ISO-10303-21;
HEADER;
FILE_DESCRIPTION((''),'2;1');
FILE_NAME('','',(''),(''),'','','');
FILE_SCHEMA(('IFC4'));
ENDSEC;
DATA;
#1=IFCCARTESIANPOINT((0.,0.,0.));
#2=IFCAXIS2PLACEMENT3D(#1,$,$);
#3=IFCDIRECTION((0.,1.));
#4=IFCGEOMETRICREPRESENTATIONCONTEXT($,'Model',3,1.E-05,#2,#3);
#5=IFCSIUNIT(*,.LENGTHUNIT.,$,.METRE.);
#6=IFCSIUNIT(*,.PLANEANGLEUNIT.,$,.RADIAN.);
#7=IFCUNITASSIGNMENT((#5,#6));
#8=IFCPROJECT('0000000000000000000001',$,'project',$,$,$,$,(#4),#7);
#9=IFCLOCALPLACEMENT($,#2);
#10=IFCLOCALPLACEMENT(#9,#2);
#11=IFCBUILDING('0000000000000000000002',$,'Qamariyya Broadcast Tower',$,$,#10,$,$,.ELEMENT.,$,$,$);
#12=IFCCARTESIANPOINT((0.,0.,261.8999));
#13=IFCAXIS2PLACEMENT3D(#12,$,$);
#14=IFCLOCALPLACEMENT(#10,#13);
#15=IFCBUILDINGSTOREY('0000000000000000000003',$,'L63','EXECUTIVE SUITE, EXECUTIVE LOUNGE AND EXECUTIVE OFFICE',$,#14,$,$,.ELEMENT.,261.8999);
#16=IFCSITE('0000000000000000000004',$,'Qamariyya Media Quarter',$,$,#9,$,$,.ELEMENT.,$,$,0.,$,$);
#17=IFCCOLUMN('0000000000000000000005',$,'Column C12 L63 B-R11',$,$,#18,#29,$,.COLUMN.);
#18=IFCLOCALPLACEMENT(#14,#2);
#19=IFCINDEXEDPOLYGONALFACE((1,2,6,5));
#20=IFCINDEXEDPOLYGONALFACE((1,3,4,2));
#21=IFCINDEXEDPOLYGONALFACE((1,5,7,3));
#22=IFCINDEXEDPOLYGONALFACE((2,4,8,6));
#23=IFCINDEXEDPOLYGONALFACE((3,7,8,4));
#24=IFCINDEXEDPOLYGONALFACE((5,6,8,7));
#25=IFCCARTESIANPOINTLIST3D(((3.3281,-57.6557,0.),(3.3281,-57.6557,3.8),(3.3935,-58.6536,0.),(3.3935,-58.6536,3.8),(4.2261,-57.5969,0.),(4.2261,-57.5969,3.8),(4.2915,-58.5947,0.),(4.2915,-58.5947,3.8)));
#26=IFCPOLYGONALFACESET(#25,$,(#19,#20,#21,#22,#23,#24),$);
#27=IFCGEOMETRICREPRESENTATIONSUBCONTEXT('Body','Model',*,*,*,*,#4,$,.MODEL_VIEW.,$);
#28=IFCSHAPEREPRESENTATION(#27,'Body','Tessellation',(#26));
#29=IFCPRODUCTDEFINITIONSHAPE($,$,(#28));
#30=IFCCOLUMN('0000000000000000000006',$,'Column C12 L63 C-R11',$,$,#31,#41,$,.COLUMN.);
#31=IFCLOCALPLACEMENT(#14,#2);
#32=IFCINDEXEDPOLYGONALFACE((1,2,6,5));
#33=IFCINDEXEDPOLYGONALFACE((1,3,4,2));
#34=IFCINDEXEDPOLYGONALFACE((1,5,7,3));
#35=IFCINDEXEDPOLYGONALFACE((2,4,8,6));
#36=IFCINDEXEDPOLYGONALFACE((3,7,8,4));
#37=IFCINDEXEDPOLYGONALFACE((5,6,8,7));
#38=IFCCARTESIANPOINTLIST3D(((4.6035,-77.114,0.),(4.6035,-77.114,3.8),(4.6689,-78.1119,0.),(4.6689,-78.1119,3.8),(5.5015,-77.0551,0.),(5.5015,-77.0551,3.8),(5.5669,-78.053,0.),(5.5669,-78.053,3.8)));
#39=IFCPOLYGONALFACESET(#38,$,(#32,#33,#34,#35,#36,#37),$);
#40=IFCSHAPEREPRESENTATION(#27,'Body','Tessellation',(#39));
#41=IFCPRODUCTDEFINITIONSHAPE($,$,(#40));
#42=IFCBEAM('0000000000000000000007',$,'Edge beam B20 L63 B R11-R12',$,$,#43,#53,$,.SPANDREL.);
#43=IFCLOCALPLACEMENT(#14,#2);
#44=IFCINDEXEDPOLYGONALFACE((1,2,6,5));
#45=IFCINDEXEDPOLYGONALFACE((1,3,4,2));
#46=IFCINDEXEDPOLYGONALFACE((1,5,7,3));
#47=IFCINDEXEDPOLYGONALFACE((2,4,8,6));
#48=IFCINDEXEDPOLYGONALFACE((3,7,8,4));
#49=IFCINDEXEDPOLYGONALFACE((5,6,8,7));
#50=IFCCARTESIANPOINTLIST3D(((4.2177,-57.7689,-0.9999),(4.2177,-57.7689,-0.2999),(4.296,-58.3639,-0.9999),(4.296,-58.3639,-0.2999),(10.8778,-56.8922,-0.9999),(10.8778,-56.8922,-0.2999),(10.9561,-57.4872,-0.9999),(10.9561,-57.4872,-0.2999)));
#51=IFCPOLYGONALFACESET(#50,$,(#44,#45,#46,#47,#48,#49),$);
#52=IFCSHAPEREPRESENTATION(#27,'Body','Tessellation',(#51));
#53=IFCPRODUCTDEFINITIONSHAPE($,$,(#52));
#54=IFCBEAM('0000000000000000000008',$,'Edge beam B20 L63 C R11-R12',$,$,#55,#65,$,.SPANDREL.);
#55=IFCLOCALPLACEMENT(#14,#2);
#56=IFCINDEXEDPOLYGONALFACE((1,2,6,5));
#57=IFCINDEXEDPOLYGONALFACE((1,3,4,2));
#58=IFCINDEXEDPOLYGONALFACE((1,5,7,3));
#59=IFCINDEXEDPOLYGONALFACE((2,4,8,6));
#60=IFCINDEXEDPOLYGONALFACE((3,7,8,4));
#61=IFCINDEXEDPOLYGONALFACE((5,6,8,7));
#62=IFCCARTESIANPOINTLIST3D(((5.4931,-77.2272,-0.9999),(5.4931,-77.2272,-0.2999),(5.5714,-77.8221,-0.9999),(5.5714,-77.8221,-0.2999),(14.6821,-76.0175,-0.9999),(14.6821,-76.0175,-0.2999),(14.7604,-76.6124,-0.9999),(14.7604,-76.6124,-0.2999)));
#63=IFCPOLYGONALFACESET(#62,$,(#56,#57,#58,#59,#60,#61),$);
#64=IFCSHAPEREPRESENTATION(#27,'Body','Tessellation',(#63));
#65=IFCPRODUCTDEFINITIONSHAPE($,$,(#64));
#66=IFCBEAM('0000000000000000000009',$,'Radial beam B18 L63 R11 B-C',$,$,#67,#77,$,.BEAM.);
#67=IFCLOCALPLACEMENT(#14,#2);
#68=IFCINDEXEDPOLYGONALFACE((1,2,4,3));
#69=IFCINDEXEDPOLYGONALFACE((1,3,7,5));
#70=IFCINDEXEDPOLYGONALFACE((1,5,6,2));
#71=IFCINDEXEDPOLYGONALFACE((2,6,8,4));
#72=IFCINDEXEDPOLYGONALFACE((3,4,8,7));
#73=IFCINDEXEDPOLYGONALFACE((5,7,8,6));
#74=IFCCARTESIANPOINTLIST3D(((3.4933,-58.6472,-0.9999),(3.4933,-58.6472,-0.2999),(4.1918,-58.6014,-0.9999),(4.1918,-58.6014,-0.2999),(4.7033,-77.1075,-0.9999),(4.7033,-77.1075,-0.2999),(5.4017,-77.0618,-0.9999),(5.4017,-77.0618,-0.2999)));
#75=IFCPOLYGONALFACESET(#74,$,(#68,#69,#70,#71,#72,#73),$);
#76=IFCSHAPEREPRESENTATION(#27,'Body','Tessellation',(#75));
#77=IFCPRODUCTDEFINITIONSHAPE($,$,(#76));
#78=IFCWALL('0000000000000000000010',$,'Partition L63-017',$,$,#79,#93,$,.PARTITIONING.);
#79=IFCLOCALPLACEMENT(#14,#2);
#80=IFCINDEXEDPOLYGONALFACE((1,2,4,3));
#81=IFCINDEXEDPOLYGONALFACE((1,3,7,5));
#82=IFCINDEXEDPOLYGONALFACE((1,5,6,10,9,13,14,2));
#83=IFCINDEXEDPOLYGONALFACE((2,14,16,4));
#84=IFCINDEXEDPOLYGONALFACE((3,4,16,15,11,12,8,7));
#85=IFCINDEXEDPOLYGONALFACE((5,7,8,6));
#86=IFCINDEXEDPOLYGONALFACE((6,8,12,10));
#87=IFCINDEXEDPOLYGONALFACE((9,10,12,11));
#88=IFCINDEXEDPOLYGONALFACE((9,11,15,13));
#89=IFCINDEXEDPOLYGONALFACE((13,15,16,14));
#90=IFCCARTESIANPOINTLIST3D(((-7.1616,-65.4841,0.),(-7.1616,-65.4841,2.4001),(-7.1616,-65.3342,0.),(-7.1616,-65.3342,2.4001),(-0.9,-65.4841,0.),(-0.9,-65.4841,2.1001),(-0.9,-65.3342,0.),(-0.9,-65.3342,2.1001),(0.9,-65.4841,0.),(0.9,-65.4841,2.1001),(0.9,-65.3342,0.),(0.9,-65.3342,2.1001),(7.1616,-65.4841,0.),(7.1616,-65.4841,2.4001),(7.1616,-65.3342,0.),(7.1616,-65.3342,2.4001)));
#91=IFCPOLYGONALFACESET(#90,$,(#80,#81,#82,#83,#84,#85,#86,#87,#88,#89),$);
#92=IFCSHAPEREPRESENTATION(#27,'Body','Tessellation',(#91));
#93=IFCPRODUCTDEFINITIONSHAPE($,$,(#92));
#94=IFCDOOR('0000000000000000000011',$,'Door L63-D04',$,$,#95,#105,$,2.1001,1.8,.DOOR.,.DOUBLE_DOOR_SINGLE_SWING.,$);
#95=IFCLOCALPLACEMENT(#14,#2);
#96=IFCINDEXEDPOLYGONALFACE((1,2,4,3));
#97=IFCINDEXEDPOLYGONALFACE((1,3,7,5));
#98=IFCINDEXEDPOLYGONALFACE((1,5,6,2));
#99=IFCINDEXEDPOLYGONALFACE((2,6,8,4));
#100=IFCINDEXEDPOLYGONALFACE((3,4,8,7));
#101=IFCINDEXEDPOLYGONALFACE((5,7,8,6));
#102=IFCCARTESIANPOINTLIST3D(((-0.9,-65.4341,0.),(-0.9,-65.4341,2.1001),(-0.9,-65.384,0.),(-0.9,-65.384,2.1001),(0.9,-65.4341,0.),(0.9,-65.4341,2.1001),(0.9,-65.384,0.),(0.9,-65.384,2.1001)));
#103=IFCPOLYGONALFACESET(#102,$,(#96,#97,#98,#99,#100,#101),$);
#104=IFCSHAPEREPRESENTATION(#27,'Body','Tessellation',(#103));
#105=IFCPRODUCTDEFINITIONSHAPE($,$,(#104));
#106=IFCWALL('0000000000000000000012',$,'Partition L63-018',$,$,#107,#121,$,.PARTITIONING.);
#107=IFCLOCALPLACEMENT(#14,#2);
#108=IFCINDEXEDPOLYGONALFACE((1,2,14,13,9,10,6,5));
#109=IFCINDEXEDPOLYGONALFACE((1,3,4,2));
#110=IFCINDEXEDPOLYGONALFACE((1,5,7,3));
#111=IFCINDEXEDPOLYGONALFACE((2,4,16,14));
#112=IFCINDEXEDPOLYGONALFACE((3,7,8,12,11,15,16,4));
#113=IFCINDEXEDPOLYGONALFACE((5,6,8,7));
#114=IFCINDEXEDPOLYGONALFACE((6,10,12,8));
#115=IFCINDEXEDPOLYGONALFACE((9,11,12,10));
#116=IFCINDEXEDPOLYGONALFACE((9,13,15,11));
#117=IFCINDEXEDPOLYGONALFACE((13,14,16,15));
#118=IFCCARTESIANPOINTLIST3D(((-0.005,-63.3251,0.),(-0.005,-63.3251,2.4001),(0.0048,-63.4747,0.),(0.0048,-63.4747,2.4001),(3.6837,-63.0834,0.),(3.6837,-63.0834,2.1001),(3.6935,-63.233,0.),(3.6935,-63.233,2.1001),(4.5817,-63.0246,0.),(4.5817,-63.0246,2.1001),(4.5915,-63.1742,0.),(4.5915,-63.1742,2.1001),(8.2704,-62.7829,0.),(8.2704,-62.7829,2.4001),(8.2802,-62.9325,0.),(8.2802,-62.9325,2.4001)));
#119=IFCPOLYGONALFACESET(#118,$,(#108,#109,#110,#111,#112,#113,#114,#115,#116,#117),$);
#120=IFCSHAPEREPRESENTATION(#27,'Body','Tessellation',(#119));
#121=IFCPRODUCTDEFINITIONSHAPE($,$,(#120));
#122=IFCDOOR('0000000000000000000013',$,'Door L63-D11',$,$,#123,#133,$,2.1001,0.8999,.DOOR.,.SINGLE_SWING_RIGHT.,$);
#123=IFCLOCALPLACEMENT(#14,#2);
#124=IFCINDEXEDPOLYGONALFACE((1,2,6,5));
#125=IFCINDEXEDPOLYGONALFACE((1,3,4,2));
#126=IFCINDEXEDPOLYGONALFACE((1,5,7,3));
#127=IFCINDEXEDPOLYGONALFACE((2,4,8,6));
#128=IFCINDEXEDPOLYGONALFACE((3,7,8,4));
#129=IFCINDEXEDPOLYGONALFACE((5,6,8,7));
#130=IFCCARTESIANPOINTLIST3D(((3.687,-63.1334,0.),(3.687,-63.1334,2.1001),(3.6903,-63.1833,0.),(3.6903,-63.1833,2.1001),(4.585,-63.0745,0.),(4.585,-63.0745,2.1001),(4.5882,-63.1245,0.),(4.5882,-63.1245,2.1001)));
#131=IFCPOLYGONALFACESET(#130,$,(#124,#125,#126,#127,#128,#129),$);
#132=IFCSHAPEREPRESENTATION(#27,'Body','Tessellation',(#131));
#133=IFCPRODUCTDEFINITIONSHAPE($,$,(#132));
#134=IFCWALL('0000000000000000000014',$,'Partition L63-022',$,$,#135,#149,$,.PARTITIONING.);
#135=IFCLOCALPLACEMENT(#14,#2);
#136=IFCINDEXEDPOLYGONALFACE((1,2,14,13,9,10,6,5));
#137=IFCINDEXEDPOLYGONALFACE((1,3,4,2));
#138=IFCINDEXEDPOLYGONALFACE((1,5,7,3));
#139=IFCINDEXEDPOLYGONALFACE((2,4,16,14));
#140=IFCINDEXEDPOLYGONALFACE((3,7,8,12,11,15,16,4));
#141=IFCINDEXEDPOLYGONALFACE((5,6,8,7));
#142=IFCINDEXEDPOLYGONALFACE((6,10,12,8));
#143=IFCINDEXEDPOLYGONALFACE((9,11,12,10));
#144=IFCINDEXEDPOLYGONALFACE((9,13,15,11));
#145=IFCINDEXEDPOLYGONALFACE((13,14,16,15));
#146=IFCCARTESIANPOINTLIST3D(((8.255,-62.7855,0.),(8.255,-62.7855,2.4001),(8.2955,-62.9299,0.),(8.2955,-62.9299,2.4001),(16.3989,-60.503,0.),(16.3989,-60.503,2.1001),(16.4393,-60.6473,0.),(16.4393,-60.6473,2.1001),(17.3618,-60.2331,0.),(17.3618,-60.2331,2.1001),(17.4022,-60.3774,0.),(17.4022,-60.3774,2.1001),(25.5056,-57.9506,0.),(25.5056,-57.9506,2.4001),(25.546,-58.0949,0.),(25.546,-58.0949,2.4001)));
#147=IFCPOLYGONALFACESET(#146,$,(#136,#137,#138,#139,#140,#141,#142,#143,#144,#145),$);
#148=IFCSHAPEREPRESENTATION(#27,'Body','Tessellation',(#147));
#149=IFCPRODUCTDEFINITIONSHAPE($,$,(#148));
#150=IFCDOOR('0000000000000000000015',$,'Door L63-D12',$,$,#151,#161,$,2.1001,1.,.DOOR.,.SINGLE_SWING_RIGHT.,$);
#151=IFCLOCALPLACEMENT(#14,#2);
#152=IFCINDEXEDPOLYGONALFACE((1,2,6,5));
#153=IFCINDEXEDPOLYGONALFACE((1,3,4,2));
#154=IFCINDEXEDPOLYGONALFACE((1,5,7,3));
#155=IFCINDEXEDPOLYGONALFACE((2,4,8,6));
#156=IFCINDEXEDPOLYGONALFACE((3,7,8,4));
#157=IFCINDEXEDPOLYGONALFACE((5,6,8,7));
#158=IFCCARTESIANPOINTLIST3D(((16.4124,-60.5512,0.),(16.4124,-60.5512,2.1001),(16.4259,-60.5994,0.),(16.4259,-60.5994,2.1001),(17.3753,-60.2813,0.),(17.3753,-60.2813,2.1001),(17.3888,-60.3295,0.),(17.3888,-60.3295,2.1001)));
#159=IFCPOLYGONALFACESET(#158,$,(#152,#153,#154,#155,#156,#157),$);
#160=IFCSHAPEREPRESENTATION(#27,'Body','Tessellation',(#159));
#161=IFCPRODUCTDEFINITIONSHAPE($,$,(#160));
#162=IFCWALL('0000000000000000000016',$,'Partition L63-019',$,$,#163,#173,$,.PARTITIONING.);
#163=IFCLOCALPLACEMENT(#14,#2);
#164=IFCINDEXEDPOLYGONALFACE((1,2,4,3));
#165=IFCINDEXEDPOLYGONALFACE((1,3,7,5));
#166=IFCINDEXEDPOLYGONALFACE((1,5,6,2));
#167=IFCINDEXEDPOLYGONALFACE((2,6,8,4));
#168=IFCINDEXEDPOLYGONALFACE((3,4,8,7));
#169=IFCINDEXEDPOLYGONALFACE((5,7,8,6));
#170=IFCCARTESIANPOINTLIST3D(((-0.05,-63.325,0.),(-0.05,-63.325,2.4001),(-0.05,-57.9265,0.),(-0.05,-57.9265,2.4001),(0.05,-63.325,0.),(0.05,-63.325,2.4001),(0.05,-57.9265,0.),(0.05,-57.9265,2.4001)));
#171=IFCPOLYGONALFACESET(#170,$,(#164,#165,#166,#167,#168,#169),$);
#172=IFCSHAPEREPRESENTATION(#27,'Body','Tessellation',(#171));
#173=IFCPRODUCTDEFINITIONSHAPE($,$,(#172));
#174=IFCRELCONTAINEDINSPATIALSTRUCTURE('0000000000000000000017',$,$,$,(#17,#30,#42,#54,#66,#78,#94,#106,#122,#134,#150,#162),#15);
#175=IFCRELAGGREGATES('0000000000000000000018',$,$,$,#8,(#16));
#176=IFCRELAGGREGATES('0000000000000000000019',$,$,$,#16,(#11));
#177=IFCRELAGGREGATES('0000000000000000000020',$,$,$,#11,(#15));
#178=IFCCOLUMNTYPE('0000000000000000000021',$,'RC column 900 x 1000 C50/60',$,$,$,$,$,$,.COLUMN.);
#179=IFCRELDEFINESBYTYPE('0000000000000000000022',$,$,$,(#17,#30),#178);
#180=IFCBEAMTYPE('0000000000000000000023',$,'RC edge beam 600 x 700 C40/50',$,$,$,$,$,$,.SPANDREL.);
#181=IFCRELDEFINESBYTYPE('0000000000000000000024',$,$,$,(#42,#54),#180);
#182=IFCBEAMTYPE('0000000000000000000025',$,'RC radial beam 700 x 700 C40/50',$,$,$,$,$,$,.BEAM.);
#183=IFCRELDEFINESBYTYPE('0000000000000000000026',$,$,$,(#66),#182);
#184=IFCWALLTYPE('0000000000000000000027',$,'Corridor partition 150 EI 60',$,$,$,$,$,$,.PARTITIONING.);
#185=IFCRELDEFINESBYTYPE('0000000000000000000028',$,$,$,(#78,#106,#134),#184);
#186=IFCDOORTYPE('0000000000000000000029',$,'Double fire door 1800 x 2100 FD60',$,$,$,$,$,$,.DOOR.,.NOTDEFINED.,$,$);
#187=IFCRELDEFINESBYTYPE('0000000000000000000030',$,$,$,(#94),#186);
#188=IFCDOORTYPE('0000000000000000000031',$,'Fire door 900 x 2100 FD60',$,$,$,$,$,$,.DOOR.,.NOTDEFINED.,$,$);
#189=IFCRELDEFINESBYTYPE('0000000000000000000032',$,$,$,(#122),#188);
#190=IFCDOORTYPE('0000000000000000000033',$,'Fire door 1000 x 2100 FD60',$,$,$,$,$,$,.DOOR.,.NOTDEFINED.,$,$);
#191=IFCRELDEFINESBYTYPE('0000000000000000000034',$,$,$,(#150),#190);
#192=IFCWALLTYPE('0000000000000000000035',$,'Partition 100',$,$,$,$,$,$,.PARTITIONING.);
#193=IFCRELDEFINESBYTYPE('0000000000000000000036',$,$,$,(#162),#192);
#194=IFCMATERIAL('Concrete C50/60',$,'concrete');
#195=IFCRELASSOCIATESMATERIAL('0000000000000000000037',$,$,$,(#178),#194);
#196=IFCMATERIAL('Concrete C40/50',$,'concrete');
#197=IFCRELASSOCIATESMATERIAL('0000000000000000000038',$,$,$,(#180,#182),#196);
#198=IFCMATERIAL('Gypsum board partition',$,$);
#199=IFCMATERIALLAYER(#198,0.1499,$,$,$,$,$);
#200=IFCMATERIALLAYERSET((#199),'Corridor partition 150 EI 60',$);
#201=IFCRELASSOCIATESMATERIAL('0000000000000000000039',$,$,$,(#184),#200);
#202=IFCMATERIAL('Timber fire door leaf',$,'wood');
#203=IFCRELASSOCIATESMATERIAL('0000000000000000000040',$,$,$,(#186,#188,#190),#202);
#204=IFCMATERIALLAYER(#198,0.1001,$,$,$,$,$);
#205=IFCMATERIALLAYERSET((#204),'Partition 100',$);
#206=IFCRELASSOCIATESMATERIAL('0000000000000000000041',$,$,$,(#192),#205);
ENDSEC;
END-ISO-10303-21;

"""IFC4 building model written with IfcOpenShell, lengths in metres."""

from ifc_helpers import new_model, si_unit, direction, frame, frame_2d, origin, origin_2d, place, context, subcontext, project, spatial, rectangle, extrude, material, layer, layer_set, material_profile, profile_set, type_object, element, fill, save


model = new_model("IFC4")

# Units and contexts
model_context = context("Model", 3, precision=1e-05, world=origin(), true_north=direction((0.0, 1.0)))
body_context = subcontext(model_context, "Body", "Model", "MODEL_VIEW")
ifc_project = project(units=[si_unit("LENGTHUNIT", "METRE"), si_unit("PLANEANGLEUNIT", "RADIAN")], contexts=[model_context])

# Site, building, storey
site_placement = place(None, origin())
site = spatial("IfcSite", under=ifc_project, at=site_placement, Name="Qamariyya Media Quarter", CompositionType="ELEMENT", RefElevation=0.0)
building_placement = place(site_placement, origin())
building = spatial("IfcBuilding", under=site, at=building_placement, Name="Qamariyya Broadcast Tower", CompositionType="ELEMENT")
storey_placement = place(building_placement, frame((0.0, 0.0, 261.8999)))
storey = spatial("IfcBuildingStorey", under=building, at=storey_placement, Name="L63", Description="EXECUTIVE SUITE, EXECUTIVE LOUNGE AND EXECUTIVE OFFICE", CompositionType="ELEMENT", Elevation=261.8999)

# Columns
ifc_material_1 = material(Name="Concrete C50/60", Category="concrete")
ifc_material_profile_1 = material_profile(ifc_material_1, rectangle(XDim=0.8999, YDim=1.0, at=origin_2d()))
ifc_profile_set_1 = profile_set([ifc_material_profile_1], Name="Concrete C50/60")
column_type = type_object("IfcColumnType", Name="RC column 900 x 1000 C50/60", PredefinedType="COLUMN", material=ifc_profile_set_1)
for number, where, z_axis, x_axis, name in (
    (1, (3.8098, -58.1252, 0.0), (0.0, 0.0, 1.0), (0.997859, 0.065403, 0.0), "Column C12 L63 B-R11"),
    (2, (5.0852, -77.5835, 0.0), (0.0, 0.0, 1.0), (0.997859, 0.065403, 0.0), "Column C12 L63 C-R11"),
):
    element("IfcColumn", number, at=place(storey_placement, frame(where, z_axis=z_axis, x_axis=x_axis)), inside=storey, type_object=column_type, Name=name, PredefinedType="COLUMN", context=body_context, shape_type="SweptSolid", body=[
        extrude(rectangle(XDim=0.8999, YDim=1.0, at=origin_2d()), origin(), (0.0, 0.0, 1.0), 3.8),
    ])

# Beams
ifc_material_2 = material(Name="Concrete C40/50", Category="concrete")
ifc_material_profile_2 = material_profile(ifc_material_2, rectangle(XDim=0.6001, YDim=0.7, at=origin_2d()))
ifc_profile_set_2 = profile_set([ifc_material_profile_2], Name="Concrete C40/50")
beam_type_1 = type_object("IfcBeamType", Name="RC edge beam 600 x 700 C40/50", PredefinedType="SPANDREL", material=ifc_profile_set_2)
beam_1_placement = place(storey_placement, frame((4.2568, -58.0664, -0.6499), z_axis=(0.991447, 0.130509, 0.0), x_axis=(-0.130509, 0.991447, 0.0)))
element("IfcBeam", 3, at=beam_1_placement, inside=storey, type_object=beam_type_1, Name="Edge beam B20 L63 B R11-R12", PredefinedType="SPANDREL", context=body_context, shape_type="SweptSolid", body=[
    extrude(rectangle(XDim=0.6001, YDim=0.7, at=origin_2d()), origin(), (0.0, 0.0, 1.0), 6.7175),
])
beam_2_placement = place(storey_placement, frame((5.5322, -77.5247, -0.6499), z_axis=(0.991445, 0.130523, 0.0), x_axis=(-0.130523, 0.991445, 0.0)))
element("IfcBeam", 4, at=beam_2_placement, inside=storey, type_object=beam_type_1, Name="Edge beam B20 L63 C R11-R12", PredefinedType="SPANDREL", context=body_context, shape_type="SweptSolid", body=[
    extrude(rectangle(XDim=0.6001, YDim=0.7, at=origin_2d()), origin(), (0.0, 0.0, 1.0), 9.2683),
])
ifc_material_profile_3 = material_profile(ifc_material_2, rectangle(XDim=0.7, YDim=0.7, at=origin_2d()))
ifc_profile_set_3 = profile_set([ifc_material_profile_3], Name="Concrete C40/50")
beam_type_2 = type_object("IfcBeamType", Name="RC radial beam 700 x 700 C40/50", PredefinedType="BEAM", material=ifc_profile_set_3)
beam_3_placement = place(storey_placement, frame((3.8425, -58.6243, -0.6499), z_axis=(0.065403, -0.997859, 0.0), x_axis=(0.997859, 0.065403, 0.0)))
element("IfcBeam", 5, at=beam_3_placement, inside=storey, type_object=beam_type_2, Name="Radial beam B18 L63 R11 B-C", PredefinedType="BEAM", context=body_context, shape_type="SweptSolid", body=[
    extrude(rectangle(XDim=0.7, YDim=0.7, at=origin_2d()), origin(), (0.0, 0.0, 1.0), 18.5),
])

# Walls, openings, doors
ifc_material_3 = material(Name="Gypsum board partition")
ifc_layer_1 = layer(ifc_material_3, 0.1499)
ifc_layer_set_1 = layer_set([ifc_layer_1], Name="Corridor partition 150 EI 60")
wall_type_1 = type_object("IfcWallType", Name="Corridor partition 150 EI 60", PredefinedType="PARTITIONING", material=ifc_layer_set_1)
wall_1_placement = place(storey_placement, frame((7.1616, -65.4092, 0.0), z_axis=(0.0, 0.0, 1.0), x_axis=(-1.0, 0.0, 0.0)))
wall_1 = element("IfcWall", 6, at=wall_1_placement, inside=storey, type_object=wall_type_1, Name="Partition L63-017", PredefinedType="PARTITIONING", context=body_context, shape_type="SweptSolid", body=[
    extrude(rectangle(XDim=14.3232, YDim=0.1499, at=frame_2d((7.1616, 0.0))), origin(), (0.0, 0.0, 1.0), 2.4001),
])
opening_1_placement = place(wall_1_placement, frame((6.2617, 0.0, 0.0)))
opening_1 = element("IfcOpeningElement", 7, at=opening_1_placement, cuts=wall_1, PredefinedType="OPENING", context=body_context, shape_type="SweptSolid", body=[
    extrude(rectangle(XDim=1.8, YDim=2.1001, at=frame_2d((0.8999, 1.05))), frame((0.0, 0.085, 0.0), z_axis=(0.0, -1.0, 0.0), x_axis=(1.0, 0.0, 0.0)), (0.0, 0.0, 1.0), 0.1699),
])
ifc_material_4 = material(Name="Timber fire door leaf", Category="wood")
door_type_1 = type_object("IfcDoorType", Name="Double fire door 1800 x 2100 FD60", OperationType="NOTDEFINED", PredefinedType="DOOR", material=ifc_material_4)
door_1_placement = place(opening_1_placement, origin())
door_1 = element("IfcDoor", 8, at=door_1_placement, inside=storey, type_object=door_type_1, Name="Door L63-D04", OperationType="DOUBLE_DOOR_SINGLE_SWING", OverallHeight=2.1001, OverallWidth=1.8, PredefinedType="DOOR", context=body_context, shape_type="SweptSolid", body=[
    extrude(rectangle(XDim=1.8, YDim=2.1001, at=frame_2d((0.8999, 1.05))), frame((0.0, 0.0249, 0.0), z_axis=(0.0, -1.0, 0.0), x_axis=(1.0, 0.0, 0.0)), (0.0, 0.0, 1.0), 0.05),
])
fill(opening_1, door_1)
wall_2_placement = place(storey_placement, frame((0.0, -63.3999, 0.0), z_axis=(0.0, 0.0, 1.0), x_axis=(0.99786, 0.065384, 0.0)))
wall_2 = element("IfcWall", 9, at=wall_2_placement, inside=storey, type_object=wall_type_1, Name="Partition L63-018", PredefinedType="PARTITIONING", context=body_context, shape_type="SweptSolid", body=[
    extrude(rectangle(XDim=8.2932, YDim=0.1499, at=frame_2d((4.1465, 0.0))), origin(), (0.0, 0.0, 1.0), 2.4001),
])
opening_2_placement = place(wall_2_placement, frame((3.6965, 0.0, 0.0)))
opening_2 = element("IfcOpeningElement", 10, at=opening_2_placement, cuts=wall_2, PredefinedType="OPENING", context=body_context, shape_type="SweptSolid", body=[
    extrude(rectangle(XDim=0.8999, YDim=2.1001, at=frame_2d((0.45, 1.05))), frame((0.0, 0.085, 0.0), z_axis=(0.0, -1.0, 0.0), x_axis=(1.0, 0.0, 0.0)), (0.0, 0.0, 1.0), 0.1699),
])
door_type_2 = type_object("IfcDoorType", Name="Fire door 900 x 2100 FD60", OperationType="NOTDEFINED", PredefinedType="DOOR", material=ifc_material_4)
door_2_placement = place(opening_2_placement, origin())
door_2 = element("IfcDoor", 11, at=door_2_placement, inside=storey, type_object=door_type_2, Name="Door L63-D11", OperationType="SINGLE_SWING_RIGHT", OverallHeight=2.1001, OverallWidth=0.8999, PredefinedType="DOOR", context=body_context, shape_type="SweptSolid", body=[
    extrude(rectangle(XDim=0.8999, YDim=2.1001, at=frame_2d((0.45, 1.05))), frame((0.0, 0.0249, 0.0), z_axis=(0.0, -1.0, 0.0), x_axis=(1.0, 0.0, 0.0)), (0.0, 0.0, 1.0), 0.05),
])
fill(opening_2, door_2)
wall_3_placement = place(storey_placement, frame((8.2754, -62.8577, 0.0), z_axis=(0.0, 0.0, 1.0), x_axis=(0.962894, 0.26988, 0.0)))
wall_3 = element("IfcWall", 12, at=wall_3_placement, inside=storey, type_object=wall_type_1, Name="Partition L63-022", PredefinedType="PARTITIONING", context=body_context, shape_type="SweptSolid", body=[
    extrude(rectangle(XDim=17.9153, YDim=0.1499, at=frame_2d((8.9575, 0.0))), origin(), (0.0, 0.0, 1.0), 2.4001),
])
opening_3_placement = place(wall_3_placement, frame((8.4575, 0.0, 0.0)))
opening_3 = element("IfcOpeningElement", 13, at=opening_3_placement, cuts=wall_3, PredefinedType="OPENING", context=body_context, shape_type="SweptSolid", body=[
    extrude(rectangle(XDim=1.0, YDim=2.1001, at=frame_2d((0.5, 1.05))), frame((0.0, 0.085, 0.0), z_axis=(0.0, -1.0, 0.0), x_axis=(1.0, 0.0, 0.0)), (0.0, 0.0, 1.0), 0.1699),
])
door_type_3 = type_object("IfcDoorType", Name="Fire door 1000 x 2100 FD60", OperationType="NOTDEFINED", PredefinedType="DOOR", material=ifc_material_4)
door_3_placement = place(opening_3_placement, origin())
door_3 = element("IfcDoor", 14, at=door_3_placement, inside=storey, type_object=door_type_3, Name="Door L63-D12", OperationType="SINGLE_SWING_RIGHT", OverallHeight=2.1001, OverallWidth=1.0, PredefinedType="DOOR", context=body_context, shape_type="SweptSolid", body=[
    extrude(rectangle(XDim=1.0, YDim=2.1001, at=frame_2d((0.5, 1.05))), frame((0.0, 0.0249, 0.0), z_axis=(0.0, -1.0, 0.0), x_axis=(1.0, 0.0, 0.0)), (0.0, 0.0, 1.0), 0.05),
])
fill(opening_3, door_3)

# Wall
ifc_layer_2 = layer(ifc_material_3, 0.1001)
ifc_layer_set_2 = layer_set([ifc_layer_2], Name="Partition 100")
wall_type_2 = type_object("IfcWallType", Name="Partition 100", PredefinedType="PARTITIONING", material=ifc_layer_set_2)
for number, where, z_axis, x_axis, name in (
    (15, (0.0, -57.9265, 0.0), (0.0, 0.0, 1.0), (0.0, -1.0, 0.0), "Partition L63-019"),
):
    element("IfcWall", number, at=place(storey_placement, frame(where, z_axis=z_axis, x_axis=x_axis)), inside=storey, type_object=wall_type_2, Name=name, PredefinedType="PARTITIONING", context=body_context, shape_type="SweptSolid", body=[
        extrude(rectangle(XDim=5.3984, YDim=0.1001, at=frame_2d((2.6992, 0.0))), origin(), (0.0, 0.0, 1.0), 2.4001),
    ])

save(model, "model.ifc")
